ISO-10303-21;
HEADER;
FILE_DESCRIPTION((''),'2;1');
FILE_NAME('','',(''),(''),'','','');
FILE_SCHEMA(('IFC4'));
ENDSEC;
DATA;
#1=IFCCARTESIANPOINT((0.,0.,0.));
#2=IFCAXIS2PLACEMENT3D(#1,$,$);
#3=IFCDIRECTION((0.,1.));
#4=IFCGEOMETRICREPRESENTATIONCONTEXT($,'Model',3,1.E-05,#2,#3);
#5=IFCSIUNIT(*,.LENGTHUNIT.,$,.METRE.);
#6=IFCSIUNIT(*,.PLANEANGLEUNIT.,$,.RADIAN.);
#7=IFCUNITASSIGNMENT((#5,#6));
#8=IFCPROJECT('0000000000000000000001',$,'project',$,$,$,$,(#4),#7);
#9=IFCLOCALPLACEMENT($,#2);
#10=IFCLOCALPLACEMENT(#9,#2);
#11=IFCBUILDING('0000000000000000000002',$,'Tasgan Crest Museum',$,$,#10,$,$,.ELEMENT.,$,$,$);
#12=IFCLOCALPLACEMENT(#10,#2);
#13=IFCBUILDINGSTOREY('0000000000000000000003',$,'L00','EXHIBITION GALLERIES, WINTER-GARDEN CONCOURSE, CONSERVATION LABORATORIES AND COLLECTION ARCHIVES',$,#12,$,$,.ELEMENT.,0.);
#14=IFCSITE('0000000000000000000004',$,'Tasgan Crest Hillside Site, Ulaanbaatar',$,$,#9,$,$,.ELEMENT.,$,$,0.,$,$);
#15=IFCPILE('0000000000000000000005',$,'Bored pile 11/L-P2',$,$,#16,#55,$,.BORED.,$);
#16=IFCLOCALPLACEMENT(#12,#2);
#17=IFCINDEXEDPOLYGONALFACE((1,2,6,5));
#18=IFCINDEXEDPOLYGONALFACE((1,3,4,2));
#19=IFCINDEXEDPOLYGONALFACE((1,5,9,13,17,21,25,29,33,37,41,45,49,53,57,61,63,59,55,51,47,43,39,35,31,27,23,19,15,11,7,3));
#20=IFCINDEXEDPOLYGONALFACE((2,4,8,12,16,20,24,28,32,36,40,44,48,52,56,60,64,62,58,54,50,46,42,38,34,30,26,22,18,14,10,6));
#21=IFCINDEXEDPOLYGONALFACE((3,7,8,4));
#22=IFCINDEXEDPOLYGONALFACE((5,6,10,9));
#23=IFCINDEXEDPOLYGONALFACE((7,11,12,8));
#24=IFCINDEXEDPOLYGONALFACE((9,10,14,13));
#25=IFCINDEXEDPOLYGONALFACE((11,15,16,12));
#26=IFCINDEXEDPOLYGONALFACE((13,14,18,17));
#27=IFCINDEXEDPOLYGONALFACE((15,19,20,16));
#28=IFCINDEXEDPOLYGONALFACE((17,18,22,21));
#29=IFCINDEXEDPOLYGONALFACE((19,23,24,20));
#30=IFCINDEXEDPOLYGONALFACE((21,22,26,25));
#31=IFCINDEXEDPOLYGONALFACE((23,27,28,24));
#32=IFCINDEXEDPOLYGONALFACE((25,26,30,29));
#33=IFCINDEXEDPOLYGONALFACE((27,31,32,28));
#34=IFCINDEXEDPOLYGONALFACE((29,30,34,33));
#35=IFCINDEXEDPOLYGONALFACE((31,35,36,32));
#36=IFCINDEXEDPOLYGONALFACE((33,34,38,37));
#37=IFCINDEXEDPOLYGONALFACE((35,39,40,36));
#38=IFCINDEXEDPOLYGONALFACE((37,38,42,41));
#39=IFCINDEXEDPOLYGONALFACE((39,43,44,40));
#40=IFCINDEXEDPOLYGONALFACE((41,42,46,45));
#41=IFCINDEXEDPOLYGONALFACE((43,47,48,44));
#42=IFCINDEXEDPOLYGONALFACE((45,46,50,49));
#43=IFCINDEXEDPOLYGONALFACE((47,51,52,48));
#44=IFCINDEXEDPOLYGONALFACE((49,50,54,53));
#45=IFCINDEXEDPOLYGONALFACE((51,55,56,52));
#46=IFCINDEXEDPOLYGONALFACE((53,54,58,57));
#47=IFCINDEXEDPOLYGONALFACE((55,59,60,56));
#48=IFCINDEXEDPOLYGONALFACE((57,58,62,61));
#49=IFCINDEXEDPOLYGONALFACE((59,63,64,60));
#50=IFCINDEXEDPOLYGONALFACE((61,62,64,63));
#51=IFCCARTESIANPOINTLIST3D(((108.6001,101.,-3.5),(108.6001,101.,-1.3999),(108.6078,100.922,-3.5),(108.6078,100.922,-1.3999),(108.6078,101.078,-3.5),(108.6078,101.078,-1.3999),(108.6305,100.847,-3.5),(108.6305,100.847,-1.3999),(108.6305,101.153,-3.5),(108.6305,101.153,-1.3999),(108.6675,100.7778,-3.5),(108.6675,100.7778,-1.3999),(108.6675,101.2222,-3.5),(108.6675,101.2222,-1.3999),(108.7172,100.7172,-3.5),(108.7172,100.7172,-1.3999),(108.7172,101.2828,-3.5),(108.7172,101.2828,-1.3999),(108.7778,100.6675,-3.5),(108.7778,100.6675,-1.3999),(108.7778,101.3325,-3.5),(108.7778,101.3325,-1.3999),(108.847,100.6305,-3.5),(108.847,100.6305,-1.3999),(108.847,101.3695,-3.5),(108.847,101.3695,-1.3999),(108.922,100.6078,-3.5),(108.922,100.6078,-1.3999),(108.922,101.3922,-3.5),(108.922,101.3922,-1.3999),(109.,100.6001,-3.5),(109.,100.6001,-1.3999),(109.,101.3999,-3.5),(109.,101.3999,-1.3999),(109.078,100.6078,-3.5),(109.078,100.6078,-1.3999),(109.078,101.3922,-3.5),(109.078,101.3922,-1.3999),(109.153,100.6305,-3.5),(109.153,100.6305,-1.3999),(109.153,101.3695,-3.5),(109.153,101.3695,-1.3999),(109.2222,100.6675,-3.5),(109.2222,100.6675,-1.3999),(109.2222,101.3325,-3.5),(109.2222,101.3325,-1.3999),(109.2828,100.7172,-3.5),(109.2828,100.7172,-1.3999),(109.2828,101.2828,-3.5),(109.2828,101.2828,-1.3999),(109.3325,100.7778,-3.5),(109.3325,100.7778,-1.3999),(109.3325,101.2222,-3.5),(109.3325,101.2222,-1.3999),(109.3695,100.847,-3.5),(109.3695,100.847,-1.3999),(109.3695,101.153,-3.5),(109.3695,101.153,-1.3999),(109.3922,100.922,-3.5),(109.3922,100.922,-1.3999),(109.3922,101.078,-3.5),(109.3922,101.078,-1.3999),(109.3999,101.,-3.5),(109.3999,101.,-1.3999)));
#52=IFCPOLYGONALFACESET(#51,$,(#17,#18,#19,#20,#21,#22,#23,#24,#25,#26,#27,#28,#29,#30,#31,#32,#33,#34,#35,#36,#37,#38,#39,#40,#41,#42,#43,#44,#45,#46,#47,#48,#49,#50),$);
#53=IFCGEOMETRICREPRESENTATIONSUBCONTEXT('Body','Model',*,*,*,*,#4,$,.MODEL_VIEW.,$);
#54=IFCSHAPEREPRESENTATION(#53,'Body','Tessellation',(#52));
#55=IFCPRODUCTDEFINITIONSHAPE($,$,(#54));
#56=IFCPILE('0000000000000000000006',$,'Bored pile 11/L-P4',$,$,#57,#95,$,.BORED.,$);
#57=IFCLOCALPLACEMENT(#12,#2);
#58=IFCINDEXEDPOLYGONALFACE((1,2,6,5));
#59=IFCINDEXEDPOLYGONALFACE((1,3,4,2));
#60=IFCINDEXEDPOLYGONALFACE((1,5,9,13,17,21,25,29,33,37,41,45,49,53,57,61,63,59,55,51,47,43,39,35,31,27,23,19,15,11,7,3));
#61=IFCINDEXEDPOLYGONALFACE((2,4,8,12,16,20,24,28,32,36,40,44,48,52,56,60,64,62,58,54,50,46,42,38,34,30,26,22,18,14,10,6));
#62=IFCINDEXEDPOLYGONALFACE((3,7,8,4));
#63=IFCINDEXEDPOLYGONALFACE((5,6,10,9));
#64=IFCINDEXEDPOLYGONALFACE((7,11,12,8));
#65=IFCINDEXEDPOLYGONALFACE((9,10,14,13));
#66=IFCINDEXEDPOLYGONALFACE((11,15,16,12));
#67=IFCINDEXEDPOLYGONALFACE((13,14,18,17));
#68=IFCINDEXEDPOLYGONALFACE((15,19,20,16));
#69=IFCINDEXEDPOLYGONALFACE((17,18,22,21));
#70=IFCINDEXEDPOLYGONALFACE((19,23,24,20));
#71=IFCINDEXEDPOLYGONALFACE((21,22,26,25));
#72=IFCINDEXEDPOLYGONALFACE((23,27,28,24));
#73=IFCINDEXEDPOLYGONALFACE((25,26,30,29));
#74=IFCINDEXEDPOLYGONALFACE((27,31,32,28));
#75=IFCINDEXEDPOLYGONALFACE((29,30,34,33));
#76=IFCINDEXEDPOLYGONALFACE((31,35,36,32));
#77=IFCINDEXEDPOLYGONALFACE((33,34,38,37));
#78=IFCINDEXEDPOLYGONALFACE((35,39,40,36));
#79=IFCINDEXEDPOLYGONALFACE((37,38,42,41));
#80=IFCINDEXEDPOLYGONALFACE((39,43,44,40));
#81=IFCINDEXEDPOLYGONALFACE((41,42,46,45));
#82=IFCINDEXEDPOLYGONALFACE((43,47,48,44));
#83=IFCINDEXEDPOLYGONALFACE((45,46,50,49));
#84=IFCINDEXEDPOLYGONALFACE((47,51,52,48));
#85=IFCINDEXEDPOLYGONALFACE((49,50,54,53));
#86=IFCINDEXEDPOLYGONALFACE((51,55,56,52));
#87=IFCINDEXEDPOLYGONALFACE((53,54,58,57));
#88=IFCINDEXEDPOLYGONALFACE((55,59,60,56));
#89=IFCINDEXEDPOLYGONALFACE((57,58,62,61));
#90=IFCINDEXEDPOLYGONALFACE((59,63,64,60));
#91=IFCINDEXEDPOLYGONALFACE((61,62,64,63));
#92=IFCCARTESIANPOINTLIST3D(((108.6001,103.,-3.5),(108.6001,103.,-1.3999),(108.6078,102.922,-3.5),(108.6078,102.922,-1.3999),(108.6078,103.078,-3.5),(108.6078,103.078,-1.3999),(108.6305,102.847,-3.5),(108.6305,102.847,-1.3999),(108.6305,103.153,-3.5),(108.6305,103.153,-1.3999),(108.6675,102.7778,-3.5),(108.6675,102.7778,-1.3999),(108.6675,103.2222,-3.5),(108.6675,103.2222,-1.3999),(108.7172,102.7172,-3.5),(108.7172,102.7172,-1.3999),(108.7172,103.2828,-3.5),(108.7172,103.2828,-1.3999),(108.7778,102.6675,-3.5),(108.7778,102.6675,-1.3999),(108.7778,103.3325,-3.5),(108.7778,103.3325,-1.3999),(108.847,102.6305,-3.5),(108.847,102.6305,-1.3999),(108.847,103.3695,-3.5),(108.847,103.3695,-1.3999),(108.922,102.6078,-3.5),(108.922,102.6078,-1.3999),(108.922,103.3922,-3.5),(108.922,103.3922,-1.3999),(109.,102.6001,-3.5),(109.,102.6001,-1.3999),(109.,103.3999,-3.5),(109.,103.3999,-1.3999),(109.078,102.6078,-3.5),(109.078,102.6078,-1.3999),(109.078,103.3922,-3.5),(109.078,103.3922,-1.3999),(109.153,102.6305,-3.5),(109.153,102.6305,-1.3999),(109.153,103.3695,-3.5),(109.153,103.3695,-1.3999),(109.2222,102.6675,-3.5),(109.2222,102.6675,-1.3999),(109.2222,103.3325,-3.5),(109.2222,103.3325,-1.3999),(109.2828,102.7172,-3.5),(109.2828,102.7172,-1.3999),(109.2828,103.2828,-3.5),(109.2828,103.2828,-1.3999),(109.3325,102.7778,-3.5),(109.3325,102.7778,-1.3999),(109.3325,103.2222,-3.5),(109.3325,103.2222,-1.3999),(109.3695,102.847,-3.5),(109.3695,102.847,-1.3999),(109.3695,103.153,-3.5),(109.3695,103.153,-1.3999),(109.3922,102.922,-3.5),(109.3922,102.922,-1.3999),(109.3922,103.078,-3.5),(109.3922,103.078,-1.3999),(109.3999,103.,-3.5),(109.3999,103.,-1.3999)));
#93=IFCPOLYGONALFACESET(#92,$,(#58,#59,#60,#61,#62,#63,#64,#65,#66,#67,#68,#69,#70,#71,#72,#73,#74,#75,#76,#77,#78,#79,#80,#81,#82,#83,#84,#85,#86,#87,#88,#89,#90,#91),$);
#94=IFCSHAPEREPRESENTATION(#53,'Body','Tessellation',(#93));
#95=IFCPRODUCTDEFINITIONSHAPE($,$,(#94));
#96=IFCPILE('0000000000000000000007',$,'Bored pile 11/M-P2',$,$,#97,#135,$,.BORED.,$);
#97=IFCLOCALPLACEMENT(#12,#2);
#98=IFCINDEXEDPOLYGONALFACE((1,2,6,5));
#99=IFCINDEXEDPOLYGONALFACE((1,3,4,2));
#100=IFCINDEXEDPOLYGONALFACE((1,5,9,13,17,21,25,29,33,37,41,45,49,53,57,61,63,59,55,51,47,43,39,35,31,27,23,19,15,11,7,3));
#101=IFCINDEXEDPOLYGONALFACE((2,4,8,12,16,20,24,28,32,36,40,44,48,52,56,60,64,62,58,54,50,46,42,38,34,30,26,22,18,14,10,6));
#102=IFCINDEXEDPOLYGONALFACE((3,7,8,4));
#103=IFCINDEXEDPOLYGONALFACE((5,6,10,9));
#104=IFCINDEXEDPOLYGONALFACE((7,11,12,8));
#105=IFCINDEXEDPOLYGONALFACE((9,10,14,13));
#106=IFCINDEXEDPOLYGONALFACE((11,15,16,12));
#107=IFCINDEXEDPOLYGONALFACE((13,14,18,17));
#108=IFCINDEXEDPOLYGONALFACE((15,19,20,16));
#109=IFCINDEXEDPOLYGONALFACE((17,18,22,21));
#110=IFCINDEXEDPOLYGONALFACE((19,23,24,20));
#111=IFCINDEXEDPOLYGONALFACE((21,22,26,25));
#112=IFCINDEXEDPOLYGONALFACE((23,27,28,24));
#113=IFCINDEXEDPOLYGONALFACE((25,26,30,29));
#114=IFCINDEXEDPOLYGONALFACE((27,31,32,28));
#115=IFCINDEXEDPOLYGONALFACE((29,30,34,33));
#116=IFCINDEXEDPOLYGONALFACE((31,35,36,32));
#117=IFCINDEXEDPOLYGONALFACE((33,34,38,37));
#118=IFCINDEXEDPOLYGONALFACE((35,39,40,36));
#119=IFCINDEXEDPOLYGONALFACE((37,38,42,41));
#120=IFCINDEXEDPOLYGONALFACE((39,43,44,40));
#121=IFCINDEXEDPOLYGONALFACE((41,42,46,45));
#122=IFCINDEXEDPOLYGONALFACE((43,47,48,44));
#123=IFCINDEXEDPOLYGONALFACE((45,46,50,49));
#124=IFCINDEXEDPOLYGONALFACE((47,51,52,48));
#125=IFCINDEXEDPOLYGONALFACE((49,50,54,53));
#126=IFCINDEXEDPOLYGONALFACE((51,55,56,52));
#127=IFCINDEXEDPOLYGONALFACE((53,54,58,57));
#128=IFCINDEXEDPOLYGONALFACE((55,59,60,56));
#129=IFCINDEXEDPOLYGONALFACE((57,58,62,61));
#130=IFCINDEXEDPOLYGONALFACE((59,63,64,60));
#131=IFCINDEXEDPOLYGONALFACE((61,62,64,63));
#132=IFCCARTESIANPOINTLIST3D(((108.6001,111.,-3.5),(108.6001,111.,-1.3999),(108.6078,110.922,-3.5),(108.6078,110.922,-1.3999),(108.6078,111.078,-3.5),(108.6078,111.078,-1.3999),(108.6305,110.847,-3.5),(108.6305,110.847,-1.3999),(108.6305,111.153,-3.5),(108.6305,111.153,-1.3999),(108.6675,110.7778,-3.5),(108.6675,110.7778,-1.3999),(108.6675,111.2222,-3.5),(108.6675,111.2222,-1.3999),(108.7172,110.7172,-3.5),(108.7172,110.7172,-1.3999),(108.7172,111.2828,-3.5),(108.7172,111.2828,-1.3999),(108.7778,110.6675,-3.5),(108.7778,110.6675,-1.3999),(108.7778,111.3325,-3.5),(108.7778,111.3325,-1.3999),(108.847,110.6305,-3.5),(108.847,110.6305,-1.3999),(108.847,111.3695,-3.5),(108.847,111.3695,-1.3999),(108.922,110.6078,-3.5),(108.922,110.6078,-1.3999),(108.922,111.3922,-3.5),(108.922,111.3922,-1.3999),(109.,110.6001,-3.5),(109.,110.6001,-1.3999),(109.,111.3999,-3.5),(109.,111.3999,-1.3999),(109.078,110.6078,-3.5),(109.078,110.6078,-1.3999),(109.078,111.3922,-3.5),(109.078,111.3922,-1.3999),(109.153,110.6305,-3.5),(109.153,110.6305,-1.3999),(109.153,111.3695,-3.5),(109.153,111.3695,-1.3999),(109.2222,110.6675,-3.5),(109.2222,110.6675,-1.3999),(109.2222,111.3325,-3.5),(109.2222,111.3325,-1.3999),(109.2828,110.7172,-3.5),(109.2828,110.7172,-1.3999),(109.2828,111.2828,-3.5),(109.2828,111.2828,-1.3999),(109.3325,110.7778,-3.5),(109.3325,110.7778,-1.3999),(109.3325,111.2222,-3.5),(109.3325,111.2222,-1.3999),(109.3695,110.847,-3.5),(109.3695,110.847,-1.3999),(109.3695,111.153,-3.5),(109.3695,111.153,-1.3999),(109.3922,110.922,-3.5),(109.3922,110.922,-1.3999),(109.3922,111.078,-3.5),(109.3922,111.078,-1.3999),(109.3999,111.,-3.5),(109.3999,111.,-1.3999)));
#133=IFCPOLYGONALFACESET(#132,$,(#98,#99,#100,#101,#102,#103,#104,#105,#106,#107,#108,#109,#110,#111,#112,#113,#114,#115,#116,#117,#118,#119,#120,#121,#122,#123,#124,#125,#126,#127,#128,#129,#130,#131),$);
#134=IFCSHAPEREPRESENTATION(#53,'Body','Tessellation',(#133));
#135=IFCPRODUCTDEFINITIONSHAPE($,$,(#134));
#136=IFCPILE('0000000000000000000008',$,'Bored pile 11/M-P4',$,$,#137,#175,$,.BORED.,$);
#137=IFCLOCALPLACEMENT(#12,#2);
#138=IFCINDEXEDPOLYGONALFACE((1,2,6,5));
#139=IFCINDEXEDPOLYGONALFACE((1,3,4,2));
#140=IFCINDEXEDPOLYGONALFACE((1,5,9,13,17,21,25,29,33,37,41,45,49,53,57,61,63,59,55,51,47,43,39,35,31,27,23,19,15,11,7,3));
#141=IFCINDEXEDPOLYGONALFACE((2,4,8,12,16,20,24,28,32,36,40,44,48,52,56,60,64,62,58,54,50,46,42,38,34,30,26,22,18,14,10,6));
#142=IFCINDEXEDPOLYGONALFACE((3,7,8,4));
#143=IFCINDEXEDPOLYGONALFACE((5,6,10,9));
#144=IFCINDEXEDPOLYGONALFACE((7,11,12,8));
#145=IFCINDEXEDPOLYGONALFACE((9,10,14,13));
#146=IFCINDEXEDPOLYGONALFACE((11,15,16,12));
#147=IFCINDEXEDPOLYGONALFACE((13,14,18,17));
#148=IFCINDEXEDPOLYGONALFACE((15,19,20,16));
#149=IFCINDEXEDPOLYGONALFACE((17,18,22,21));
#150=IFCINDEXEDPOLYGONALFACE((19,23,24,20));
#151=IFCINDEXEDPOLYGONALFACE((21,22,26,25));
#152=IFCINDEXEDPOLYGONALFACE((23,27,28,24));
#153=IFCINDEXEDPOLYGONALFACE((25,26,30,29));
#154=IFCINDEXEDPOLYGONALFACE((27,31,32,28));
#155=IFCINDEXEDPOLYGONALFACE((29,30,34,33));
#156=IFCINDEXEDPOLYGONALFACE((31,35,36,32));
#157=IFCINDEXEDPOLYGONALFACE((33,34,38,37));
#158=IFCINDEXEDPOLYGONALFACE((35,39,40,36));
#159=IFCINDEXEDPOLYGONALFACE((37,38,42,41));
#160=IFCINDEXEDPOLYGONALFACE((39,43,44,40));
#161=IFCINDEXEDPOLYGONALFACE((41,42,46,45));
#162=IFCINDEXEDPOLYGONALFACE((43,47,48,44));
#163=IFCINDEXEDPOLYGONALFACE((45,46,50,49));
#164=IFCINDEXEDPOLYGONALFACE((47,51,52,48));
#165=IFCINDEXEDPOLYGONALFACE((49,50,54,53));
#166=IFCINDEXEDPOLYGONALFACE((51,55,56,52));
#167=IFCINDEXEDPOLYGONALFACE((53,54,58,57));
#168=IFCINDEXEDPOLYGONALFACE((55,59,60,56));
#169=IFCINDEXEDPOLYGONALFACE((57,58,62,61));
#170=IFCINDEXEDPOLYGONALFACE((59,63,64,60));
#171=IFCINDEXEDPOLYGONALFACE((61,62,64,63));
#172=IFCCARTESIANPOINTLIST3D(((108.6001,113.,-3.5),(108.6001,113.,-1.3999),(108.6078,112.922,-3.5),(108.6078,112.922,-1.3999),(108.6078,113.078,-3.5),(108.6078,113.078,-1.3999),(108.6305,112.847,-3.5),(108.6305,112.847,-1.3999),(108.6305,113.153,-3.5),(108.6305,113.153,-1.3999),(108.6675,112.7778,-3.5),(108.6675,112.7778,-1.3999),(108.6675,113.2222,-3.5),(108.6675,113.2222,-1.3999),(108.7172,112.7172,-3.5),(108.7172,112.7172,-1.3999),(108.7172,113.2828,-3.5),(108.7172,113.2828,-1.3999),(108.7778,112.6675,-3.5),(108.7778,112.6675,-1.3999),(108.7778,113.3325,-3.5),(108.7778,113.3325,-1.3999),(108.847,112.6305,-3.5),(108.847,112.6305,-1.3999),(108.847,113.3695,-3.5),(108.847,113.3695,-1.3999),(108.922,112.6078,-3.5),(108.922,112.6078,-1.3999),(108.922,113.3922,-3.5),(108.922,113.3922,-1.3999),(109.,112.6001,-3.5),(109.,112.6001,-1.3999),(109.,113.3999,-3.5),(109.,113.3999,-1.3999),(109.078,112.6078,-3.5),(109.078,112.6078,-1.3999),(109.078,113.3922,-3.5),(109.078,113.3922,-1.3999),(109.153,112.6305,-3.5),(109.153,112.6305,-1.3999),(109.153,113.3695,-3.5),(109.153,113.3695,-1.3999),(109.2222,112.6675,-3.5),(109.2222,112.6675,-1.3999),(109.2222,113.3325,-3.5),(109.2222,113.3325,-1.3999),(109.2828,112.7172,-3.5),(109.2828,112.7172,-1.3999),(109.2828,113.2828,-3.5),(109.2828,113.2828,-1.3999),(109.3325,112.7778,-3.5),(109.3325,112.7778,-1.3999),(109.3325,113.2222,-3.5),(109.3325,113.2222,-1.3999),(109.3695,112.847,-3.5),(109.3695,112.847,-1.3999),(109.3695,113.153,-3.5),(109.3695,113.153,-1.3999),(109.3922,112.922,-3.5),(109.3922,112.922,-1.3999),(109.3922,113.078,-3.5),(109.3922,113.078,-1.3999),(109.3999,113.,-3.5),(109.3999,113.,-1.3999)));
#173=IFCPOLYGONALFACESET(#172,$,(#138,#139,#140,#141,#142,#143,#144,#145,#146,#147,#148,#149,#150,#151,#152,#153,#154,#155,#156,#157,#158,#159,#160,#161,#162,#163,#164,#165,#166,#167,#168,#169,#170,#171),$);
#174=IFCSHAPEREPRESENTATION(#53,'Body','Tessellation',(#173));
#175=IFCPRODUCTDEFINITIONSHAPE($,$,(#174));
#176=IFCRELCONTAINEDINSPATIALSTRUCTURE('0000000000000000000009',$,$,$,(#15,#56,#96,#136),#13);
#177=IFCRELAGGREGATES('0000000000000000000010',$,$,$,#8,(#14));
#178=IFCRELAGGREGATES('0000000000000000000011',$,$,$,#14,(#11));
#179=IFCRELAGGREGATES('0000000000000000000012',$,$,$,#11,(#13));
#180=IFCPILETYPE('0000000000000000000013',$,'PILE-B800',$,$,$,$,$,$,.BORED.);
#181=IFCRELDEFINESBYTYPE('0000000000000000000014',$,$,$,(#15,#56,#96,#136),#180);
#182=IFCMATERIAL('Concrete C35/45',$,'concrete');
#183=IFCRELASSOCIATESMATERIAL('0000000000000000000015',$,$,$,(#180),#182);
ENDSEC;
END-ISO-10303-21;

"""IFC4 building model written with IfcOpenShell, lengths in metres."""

from ifc_helpers import new_model, si_unit, direction, frame, origin, origin_2d, place, context, subcontext, project, spatial, circle, extrude, material, material_profile, profile_set, type_object, element, save


model = new_model("IFC4")

# Units and contexts
model_context = context("Model", 3, precision=1e-05, world=origin(), true_north=direction((0.0, 1.0)))
body_context = subcontext(model_context, "Body", "Model", "MODEL_VIEW")
ifc_project = project(units=[si_unit("LENGTHUNIT", "METRE"), si_unit("PLANEANGLEUNIT", "RADIAN")], contexts=[model_context])

# Site, building, storey
site_placement = place(None, origin())
site = spatial("IfcSite", under=ifc_project, at=site_placement, Name="Tasgan Crest Hillside Site, Ulaanbaatar", CompositionType="ELEMENT", RefElevation=0.0)
building_placement = place(site_placement, origin())
building = spatial("IfcBuilding", under=site, at=building_placement, Name="Tasgan Crest Museum", CompositionType="ELEMENT")
storey_placement = place(building_placement, origin())
storey = spatial("IfcBuildingStorey", under=building, at=storey_placement, Name="L00", Description="EXHIBITION GALLERIES, WINTER-GARDEN CONCOURSE, CONSERVATION LABORATORIES AND COLLECTION ARCHIVES", CompositionType="ELEMENT", Elevation=0.0)

# Piles
ifc_material_1 = material(Name="Concrete C35/45", Category="concrete")
ifc_material_profile_1 = material_profile(ifc_material_1, circle(Radius=0.3999, at=origin_2d()), Name="PILE D800")
ifc_profile_set_1 = profile_set([ifc_material_profile_1], Name="Concrete C35/45")
pile_type_1 = type_object("IfcPileType", Name="PILE-B800", PredefinedType="BORED", material=ifc_profile_set_1)
for number, where, z_axis, x_axis, name in (
    (1, (109.0, 101.0, -1.3999), (0.0, 0.0, -1.0), (1.0, 0.0, 0.0), "Bored pile 11/L-P2"),
    (2, (109.0, 103.0, -1.3999), (0.0, 0.0, -1.0), (1.0, 0.0, 0.0), "Bored pile 11/L-P4"),
    (3, (109.0, 111.0, -1.3999), (0.0, 0.0, -1.0), (1.0, 0.0, 0.0), "Bored pile 11/M-P2"),
    (4, (109.0, 113.0, -1.3999), (0.0, 0.0, -1.0), (1.0, 0.0, 0.0), "Bored pile 11/M-P4"),
):
    element("IfcPile", number, at=place(storey_placement, frame(where, z_axis=z_axis, x_axis=x_axis)), inside=storey, type_object=pile_type_1, Name=name, PredefinedType="BORED", context=body_context, shape_type="SweptSolid", body=[
        extrude(circle(Radius=0.3999, at=origin_2d()), origin(), (0.0, 0.0, 1.0), 2.1001),
    ])

save(model, "model.ifc")
